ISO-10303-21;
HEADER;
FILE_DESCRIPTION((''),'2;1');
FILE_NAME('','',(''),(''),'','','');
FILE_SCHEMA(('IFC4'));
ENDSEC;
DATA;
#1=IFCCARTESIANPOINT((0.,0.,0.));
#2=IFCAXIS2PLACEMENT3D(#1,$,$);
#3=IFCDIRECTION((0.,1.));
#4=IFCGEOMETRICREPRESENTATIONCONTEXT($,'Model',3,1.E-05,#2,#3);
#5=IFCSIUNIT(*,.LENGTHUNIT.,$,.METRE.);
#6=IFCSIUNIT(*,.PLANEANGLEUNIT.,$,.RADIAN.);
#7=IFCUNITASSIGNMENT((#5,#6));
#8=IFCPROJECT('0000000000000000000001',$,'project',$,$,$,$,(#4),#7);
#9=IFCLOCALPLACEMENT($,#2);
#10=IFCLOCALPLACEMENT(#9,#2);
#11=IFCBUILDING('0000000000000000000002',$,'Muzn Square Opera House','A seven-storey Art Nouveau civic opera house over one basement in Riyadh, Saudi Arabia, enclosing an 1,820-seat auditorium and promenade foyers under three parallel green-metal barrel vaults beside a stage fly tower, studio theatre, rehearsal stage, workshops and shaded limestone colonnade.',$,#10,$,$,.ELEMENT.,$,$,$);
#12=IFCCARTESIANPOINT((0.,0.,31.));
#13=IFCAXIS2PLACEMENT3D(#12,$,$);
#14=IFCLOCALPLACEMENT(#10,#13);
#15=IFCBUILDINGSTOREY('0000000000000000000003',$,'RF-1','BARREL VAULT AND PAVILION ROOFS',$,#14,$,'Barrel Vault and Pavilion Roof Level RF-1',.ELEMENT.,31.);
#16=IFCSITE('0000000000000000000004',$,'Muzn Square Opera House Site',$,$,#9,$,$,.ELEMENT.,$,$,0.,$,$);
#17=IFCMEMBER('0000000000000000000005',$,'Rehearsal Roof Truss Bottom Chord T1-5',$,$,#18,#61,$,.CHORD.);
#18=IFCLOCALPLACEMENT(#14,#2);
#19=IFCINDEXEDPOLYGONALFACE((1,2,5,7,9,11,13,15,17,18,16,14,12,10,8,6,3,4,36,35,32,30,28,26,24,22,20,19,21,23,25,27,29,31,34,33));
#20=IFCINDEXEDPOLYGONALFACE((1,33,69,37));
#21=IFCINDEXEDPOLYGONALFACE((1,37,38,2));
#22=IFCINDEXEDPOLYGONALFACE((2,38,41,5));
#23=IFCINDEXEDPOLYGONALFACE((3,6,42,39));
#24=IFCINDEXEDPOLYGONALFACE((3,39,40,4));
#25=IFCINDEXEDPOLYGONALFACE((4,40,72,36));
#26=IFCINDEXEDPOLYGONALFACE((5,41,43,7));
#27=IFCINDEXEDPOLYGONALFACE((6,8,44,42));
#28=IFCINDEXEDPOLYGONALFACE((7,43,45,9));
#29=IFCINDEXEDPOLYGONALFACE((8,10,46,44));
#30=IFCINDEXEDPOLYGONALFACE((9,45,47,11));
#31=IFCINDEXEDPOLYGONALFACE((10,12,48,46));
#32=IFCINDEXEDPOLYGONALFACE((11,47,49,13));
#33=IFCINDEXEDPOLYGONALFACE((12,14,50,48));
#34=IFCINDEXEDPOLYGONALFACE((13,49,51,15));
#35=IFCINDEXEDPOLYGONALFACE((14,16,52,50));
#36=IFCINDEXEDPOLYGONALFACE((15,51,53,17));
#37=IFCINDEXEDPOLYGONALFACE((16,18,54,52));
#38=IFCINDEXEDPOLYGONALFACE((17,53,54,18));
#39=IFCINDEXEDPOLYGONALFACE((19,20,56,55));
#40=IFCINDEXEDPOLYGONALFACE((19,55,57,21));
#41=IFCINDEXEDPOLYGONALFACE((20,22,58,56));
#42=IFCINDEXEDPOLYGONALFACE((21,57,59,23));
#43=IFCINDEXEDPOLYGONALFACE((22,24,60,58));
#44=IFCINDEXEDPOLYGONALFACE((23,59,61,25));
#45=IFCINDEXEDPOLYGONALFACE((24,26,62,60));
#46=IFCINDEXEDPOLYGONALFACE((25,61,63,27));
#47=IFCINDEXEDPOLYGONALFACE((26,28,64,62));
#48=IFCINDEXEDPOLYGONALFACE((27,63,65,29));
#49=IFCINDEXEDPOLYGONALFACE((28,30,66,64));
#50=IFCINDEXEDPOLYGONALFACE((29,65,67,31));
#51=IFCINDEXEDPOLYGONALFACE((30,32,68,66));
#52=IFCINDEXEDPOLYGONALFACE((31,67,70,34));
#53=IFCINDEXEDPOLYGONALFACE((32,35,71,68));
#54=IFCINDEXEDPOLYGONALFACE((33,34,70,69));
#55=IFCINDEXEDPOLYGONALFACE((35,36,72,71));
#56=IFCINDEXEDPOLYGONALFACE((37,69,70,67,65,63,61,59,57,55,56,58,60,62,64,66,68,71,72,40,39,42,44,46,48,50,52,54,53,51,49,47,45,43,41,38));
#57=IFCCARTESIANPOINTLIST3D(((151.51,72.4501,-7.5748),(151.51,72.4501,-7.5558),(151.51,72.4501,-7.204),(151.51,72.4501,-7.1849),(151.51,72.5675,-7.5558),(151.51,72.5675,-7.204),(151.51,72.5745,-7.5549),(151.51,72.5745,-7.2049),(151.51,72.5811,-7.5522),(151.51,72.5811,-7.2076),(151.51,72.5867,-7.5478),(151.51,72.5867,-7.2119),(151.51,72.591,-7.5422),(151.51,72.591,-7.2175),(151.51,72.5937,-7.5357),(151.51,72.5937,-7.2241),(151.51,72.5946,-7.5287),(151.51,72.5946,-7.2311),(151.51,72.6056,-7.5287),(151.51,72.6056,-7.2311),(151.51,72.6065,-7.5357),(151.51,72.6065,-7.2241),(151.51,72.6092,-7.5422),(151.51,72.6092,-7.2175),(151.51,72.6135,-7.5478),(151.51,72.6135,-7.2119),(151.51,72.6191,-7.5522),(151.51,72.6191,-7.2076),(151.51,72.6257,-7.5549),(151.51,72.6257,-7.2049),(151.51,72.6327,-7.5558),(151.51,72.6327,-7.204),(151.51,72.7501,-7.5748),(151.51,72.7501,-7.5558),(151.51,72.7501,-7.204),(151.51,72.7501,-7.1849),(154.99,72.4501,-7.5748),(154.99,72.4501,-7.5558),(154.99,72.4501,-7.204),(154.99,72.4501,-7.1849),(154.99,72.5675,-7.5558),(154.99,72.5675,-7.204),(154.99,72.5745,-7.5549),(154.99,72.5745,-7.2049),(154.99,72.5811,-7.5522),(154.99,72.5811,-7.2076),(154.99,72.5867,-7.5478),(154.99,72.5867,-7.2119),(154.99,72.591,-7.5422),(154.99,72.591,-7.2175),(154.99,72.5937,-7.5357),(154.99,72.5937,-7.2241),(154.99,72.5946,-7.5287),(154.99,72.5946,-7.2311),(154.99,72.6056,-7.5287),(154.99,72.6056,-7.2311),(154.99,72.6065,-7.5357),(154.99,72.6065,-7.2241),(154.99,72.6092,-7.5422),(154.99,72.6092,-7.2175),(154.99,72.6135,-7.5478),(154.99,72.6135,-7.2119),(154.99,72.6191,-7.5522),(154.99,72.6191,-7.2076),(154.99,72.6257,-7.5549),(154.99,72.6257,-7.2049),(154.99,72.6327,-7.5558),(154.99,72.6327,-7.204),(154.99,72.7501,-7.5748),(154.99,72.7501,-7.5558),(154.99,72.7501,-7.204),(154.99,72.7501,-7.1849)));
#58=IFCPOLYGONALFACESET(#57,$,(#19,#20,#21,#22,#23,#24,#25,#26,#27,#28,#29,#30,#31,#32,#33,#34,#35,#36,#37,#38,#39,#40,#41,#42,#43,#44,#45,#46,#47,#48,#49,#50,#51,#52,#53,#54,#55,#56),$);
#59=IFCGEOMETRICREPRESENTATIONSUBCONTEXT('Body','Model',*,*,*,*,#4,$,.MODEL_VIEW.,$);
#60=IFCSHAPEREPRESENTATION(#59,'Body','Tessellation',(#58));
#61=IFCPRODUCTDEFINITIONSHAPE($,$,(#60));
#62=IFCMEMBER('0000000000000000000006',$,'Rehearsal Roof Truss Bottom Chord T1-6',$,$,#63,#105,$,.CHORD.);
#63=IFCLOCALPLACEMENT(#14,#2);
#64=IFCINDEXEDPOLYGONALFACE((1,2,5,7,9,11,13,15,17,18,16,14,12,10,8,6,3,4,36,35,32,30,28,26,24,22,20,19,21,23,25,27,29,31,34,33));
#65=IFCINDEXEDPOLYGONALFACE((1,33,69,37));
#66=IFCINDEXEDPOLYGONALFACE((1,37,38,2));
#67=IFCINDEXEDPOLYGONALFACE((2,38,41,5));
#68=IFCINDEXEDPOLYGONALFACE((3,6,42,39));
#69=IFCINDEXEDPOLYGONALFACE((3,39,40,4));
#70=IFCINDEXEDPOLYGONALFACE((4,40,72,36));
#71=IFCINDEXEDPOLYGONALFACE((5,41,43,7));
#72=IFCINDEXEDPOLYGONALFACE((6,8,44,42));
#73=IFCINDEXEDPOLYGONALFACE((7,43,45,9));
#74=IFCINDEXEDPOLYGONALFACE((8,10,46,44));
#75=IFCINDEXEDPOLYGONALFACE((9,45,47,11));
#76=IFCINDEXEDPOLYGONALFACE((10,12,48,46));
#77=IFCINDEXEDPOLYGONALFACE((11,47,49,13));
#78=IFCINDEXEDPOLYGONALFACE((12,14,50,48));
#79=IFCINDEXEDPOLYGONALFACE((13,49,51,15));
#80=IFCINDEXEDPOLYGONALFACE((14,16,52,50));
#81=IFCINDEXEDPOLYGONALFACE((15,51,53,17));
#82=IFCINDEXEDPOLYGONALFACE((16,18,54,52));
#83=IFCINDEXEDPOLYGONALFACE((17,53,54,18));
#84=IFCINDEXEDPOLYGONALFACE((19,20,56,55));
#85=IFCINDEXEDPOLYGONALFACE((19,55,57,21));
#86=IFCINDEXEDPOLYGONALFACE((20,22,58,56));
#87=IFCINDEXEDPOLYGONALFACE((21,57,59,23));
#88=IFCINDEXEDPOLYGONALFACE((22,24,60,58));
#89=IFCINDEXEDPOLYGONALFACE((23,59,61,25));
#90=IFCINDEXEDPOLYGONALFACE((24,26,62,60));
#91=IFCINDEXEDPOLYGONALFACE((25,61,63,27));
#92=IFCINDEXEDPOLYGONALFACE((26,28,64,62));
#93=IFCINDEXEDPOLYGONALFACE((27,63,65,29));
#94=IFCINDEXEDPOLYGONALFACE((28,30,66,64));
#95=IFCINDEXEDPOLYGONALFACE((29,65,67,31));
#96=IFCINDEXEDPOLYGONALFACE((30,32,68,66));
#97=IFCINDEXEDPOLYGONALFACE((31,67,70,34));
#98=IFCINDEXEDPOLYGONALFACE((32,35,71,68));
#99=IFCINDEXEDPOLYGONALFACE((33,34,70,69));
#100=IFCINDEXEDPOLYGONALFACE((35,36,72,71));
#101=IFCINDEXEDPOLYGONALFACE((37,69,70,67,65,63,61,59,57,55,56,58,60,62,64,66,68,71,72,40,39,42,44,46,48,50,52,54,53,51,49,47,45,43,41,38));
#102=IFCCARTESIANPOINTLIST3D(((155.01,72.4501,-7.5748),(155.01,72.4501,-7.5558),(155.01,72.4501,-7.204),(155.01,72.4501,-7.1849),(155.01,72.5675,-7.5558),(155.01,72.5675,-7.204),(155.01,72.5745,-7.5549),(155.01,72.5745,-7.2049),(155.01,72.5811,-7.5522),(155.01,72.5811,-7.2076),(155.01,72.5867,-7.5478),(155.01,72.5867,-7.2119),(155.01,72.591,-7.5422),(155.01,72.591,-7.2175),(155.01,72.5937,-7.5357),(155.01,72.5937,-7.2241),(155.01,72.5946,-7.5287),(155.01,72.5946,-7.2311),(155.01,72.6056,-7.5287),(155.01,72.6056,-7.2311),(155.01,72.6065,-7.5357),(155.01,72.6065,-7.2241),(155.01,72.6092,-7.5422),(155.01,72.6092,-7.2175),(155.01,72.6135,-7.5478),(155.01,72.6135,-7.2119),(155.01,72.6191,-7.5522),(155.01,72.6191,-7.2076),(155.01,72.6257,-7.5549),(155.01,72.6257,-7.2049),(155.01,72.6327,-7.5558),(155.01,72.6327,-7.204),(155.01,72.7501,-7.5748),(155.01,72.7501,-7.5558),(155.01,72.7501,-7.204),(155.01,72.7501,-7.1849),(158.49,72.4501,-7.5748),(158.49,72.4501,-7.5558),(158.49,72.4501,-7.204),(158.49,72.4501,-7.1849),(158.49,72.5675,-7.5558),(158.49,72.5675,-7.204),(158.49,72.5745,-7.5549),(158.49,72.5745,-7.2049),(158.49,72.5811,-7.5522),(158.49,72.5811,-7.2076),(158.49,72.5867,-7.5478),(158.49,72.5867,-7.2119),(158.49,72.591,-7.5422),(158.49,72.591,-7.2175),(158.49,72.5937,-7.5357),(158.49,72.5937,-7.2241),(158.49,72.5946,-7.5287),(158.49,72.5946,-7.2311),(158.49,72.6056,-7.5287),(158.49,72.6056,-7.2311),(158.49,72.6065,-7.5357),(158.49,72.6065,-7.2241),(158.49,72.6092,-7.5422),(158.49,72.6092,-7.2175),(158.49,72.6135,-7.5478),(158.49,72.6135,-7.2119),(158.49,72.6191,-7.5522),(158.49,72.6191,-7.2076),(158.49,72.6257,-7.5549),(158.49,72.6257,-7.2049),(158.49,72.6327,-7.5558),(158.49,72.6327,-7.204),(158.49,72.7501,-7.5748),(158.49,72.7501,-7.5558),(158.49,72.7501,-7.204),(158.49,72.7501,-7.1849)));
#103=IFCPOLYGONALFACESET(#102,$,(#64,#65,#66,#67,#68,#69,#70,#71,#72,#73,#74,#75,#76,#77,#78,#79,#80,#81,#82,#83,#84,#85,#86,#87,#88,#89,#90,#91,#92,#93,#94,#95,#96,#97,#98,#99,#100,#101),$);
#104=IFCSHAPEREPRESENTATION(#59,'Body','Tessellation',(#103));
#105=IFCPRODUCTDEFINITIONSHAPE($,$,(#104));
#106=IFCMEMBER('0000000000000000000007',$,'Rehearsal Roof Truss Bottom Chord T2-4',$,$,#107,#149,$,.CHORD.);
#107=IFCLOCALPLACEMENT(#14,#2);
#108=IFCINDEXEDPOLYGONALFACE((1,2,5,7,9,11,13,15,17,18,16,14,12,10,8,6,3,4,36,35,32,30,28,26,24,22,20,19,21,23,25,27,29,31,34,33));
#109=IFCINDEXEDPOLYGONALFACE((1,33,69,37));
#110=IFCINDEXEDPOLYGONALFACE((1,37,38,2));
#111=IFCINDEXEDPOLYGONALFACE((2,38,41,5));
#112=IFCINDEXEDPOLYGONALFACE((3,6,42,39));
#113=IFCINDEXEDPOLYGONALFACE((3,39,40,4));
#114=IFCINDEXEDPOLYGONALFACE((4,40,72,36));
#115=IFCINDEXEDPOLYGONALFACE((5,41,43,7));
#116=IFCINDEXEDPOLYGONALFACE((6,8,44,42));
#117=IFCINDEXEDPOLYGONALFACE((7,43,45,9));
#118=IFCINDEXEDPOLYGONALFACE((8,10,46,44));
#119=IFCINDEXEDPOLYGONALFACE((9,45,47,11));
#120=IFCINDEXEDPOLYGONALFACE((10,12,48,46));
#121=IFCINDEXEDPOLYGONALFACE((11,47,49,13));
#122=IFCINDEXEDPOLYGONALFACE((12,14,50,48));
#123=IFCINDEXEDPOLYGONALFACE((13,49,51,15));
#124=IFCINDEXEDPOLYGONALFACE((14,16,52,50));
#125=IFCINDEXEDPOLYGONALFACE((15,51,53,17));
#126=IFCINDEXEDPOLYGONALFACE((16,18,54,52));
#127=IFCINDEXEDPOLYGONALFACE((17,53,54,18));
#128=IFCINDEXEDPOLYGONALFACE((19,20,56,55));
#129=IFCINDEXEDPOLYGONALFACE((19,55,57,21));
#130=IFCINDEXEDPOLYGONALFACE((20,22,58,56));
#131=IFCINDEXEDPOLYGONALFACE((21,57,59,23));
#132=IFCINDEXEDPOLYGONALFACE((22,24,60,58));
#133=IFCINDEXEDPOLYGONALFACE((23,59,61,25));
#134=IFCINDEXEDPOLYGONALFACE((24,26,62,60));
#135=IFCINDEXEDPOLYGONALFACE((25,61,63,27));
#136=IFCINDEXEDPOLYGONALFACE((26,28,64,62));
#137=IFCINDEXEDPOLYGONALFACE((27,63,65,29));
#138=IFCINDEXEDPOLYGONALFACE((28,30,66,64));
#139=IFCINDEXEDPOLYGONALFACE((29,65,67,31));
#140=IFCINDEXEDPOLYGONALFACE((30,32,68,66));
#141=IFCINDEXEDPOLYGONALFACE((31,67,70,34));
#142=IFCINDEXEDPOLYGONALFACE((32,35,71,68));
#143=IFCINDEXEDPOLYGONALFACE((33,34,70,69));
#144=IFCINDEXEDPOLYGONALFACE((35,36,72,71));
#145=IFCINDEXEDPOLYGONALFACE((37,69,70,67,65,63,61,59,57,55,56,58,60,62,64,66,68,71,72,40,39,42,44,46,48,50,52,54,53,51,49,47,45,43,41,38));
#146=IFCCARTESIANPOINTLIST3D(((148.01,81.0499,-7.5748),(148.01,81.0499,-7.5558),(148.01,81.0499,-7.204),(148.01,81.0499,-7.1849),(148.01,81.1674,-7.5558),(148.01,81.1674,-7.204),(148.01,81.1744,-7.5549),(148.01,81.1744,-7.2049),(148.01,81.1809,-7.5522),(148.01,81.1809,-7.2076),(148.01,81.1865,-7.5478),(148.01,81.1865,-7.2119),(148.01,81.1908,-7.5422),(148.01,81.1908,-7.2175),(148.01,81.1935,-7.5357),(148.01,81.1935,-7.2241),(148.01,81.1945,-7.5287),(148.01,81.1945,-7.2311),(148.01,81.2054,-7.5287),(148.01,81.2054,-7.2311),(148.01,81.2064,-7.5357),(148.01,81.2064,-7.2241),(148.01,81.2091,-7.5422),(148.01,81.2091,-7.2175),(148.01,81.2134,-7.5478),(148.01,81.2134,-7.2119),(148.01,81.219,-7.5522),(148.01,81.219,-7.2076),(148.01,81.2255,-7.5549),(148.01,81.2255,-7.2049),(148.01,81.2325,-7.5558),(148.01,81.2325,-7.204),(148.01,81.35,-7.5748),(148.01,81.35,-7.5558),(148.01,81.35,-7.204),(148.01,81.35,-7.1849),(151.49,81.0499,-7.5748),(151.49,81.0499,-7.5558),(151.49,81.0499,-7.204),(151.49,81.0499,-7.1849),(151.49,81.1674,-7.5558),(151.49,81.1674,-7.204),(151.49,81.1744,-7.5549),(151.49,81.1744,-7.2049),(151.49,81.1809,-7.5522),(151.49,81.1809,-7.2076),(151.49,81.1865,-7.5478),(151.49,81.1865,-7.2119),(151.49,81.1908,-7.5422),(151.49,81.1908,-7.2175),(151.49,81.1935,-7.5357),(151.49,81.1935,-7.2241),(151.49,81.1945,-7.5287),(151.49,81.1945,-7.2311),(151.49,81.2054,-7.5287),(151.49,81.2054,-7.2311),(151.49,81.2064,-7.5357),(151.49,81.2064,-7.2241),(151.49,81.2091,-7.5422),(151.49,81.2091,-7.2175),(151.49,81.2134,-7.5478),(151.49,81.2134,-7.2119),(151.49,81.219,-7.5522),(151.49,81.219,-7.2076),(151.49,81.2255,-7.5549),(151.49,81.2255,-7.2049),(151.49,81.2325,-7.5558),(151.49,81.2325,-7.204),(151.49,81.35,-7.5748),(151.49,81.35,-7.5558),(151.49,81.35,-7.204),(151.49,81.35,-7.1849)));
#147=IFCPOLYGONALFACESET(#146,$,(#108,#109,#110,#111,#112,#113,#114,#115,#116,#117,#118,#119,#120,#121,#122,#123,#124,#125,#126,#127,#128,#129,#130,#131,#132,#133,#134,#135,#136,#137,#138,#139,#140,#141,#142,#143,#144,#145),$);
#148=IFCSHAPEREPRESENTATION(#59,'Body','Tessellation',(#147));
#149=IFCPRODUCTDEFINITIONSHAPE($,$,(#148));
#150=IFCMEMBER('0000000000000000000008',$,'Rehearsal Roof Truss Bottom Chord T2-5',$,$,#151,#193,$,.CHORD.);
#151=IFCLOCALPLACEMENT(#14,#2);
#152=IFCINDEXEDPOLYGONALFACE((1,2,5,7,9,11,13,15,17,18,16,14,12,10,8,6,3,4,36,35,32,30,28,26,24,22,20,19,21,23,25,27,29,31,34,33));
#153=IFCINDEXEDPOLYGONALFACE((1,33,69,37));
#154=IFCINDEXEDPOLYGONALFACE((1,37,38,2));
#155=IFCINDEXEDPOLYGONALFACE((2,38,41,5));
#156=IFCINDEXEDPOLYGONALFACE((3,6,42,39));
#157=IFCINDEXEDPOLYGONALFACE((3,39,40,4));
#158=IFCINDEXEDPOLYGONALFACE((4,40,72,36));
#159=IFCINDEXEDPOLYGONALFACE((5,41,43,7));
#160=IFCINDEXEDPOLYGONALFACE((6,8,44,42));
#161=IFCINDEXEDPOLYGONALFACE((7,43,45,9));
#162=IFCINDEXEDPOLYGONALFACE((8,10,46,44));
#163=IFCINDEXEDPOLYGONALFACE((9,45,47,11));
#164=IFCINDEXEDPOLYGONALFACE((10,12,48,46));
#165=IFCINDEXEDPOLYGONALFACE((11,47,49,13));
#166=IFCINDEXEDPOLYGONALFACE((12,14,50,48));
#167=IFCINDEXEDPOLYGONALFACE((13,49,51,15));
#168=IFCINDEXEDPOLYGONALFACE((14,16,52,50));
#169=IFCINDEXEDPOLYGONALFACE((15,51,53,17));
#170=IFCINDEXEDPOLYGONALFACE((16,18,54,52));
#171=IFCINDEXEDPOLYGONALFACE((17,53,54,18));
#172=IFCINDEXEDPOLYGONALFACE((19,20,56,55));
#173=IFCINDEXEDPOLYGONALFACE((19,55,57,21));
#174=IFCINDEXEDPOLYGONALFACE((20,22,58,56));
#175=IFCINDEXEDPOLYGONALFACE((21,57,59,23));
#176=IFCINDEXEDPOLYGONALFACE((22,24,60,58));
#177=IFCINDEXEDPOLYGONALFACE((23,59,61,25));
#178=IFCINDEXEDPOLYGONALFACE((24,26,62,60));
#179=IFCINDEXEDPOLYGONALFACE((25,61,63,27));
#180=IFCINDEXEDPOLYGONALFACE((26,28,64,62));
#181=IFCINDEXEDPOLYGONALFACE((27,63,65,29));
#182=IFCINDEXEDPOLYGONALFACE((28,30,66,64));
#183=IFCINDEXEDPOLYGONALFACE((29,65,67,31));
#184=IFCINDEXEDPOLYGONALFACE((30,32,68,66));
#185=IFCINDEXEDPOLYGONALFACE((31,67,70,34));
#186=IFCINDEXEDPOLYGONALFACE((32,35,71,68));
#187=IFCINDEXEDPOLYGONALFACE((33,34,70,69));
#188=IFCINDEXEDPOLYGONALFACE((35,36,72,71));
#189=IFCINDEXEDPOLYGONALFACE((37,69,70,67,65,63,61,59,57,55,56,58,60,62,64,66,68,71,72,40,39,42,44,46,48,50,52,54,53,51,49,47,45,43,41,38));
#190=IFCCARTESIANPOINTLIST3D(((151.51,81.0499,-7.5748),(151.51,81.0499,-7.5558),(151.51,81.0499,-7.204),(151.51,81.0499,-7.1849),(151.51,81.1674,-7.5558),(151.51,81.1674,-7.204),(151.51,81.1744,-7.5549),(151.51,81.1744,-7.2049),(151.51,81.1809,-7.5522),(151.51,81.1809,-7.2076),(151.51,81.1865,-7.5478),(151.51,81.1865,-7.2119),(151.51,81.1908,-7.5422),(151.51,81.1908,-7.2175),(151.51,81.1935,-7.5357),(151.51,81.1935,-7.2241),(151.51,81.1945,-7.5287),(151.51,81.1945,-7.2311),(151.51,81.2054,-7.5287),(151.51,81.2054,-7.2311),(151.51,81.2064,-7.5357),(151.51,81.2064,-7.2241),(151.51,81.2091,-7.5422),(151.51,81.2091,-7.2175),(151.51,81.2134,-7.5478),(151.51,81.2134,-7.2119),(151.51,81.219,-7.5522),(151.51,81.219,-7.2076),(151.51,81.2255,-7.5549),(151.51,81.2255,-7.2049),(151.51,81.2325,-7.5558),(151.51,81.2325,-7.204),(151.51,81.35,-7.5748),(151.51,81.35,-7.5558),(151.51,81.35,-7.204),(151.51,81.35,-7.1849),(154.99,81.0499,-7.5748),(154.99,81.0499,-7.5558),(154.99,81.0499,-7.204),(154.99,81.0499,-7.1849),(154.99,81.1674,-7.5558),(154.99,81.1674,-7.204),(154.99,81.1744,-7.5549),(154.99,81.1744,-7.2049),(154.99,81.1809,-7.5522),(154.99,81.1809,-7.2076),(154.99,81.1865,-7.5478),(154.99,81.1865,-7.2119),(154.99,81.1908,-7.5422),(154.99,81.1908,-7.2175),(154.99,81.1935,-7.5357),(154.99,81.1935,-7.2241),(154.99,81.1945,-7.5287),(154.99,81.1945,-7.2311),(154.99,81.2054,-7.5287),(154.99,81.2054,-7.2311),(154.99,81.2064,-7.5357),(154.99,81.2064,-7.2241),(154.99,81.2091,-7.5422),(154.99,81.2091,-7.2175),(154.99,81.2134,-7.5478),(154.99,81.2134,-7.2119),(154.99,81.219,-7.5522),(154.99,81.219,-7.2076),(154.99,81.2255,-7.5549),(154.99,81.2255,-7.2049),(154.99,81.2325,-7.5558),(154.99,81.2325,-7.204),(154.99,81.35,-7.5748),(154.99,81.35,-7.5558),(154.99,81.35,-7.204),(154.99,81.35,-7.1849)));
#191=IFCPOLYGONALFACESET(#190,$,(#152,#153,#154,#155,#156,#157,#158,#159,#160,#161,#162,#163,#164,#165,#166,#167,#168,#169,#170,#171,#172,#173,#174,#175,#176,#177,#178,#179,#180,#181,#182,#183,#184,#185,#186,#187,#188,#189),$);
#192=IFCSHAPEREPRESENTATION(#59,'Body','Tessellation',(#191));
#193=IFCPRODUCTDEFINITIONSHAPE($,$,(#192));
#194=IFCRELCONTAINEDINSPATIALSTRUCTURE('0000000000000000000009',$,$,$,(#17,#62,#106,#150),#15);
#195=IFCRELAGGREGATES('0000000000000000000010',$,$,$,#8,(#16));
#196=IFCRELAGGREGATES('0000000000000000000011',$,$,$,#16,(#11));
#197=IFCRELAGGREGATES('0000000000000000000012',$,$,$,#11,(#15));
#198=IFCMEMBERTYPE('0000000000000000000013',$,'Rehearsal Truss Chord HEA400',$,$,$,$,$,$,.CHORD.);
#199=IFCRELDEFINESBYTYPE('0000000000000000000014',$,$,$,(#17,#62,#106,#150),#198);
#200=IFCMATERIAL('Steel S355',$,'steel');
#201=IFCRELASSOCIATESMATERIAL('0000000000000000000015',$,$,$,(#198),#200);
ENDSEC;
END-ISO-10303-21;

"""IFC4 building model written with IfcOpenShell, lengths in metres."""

from ifc_helpers import new_model, si_unit, direction, frame, origin, origin_2d, place, context, subcontext, project, spatial, i_section, extrude, material, material_profile, profile_set, type_object, element, save


model = new_model("IFC4")

# Units and contexts
model_context = context("Model", 3, precision=1e-05, world=origin(), true_north=direction((0.0, 1.0)))
body_context = subcontext(model_context, "Body", "Model", "MODEL_VIEW")
ifc_project = project(units=[si_unit("LENGTHUNIT", "METRE"), si_unit("PLANEANGLEUNIT", "RADIAN")], contexts=[model_context])

# Site, building, storey
site_placement = place(None, origin())
site = spatial("IfcSite", under=ifc_project, at=site_placement, Name="Muzn Square Opera House Site", CompositionType="ELEMENT", RefElevation=0.0)
building_placement = place(site_placement, origin())
building = spatial("IfcBuilding", under=site, at=building_placement, Name="Muzn Square Opera House", Description="A seven-storey Art Nouveau civic opera house over one basement in Riyadh, Saudi Arabia, enclosing an 1,820-seat auditorium and promenade foyers under three parallel green-metal barrel vaults beside a stage fly tower, studio theatre, rehearsal stage, workshops and shaded limestone colonnade.", CompositionType="ELEMENT")
storey_placement = place(building_placement, frame((0.0, 0.0, 31.0)))
storey = spatial("IfcBuildingStorey", under=building, at=storey_placement, Name="RF-1", Description="BARREL VAULT AND PAVILION ROOFS", LongName="Barrel Vault and Pavilion Roof Level RF-1", CompositionType="ELEMENT", Elevation=31.0)

# Members
ifc_material_1 = material(Name="Steel S355", Category="steel")
ifc_material_profile_1 = material_profile(ifc_material_1, i_section(OverallWidth=0.3, OverallDepth=0.3899, WebThickness=0.011, FlangeThickness=0.019, FilletRadius=0.0271, at=origin_2d()), Name="HEA 400", Category="steel")
ifc_profile_set_1 = profile_set([ifc_material_profile_1], Name="Steel S355")
member_type_1 = type_object("IfcMemberType", Name="Rehearsal Truss Chord HEA400", PredefinedType="CHORD", material=ifc_profile_set_1)
for number, where, z_axis, x_axis, name in (
    (1, (151.51, 72.6001, -7.3799), (1.0, 0.0, 0.0), (0.0, 1.0, 0.0), "Rehearsal Roof Truss Bottom Chord T1-5"),
    (2, (155.01, 72.6001, -7.3799), (1.0, 0.0, 0.0), (0.0, 1.0, 0.0), "Rehearsal Roof Truss Bottom Chord T1-6"),
    (3, (148.01, 81.2, -7.3799), (1.0, 0.0, 0.0), (0.0, 1.0, 0.0), "Rehearsal Roof Truss Bottom Chord T2-4"),
    (4, (151.51, 81.2, -7.3799), (1.0, 0.0, 0.0), (0.0, 1.0, 0.0), "Rehearsal Roof Truss Bottom Chord T2-5"),
):
    element("IfcMember", number, at=place(storey_placement, frame(where, z_axis=z_axis, x_axis=x_axis)), inside=storey, type_object=member_type_1, Name=name, PredefinedType="CHORD", context=body_context, shape_type="SweptSolid", body=[
        extrude(i_section(OverallWidth=0.3, OverallDepth=0.3899, WebThickness=0.011, FlangeThickness=0.019, FilletRadius=0.0271, at=origin_2d()), origin(), (0.0, 0.0, 1.0), 3.48),
    ])

save(model, "model.ifc")
